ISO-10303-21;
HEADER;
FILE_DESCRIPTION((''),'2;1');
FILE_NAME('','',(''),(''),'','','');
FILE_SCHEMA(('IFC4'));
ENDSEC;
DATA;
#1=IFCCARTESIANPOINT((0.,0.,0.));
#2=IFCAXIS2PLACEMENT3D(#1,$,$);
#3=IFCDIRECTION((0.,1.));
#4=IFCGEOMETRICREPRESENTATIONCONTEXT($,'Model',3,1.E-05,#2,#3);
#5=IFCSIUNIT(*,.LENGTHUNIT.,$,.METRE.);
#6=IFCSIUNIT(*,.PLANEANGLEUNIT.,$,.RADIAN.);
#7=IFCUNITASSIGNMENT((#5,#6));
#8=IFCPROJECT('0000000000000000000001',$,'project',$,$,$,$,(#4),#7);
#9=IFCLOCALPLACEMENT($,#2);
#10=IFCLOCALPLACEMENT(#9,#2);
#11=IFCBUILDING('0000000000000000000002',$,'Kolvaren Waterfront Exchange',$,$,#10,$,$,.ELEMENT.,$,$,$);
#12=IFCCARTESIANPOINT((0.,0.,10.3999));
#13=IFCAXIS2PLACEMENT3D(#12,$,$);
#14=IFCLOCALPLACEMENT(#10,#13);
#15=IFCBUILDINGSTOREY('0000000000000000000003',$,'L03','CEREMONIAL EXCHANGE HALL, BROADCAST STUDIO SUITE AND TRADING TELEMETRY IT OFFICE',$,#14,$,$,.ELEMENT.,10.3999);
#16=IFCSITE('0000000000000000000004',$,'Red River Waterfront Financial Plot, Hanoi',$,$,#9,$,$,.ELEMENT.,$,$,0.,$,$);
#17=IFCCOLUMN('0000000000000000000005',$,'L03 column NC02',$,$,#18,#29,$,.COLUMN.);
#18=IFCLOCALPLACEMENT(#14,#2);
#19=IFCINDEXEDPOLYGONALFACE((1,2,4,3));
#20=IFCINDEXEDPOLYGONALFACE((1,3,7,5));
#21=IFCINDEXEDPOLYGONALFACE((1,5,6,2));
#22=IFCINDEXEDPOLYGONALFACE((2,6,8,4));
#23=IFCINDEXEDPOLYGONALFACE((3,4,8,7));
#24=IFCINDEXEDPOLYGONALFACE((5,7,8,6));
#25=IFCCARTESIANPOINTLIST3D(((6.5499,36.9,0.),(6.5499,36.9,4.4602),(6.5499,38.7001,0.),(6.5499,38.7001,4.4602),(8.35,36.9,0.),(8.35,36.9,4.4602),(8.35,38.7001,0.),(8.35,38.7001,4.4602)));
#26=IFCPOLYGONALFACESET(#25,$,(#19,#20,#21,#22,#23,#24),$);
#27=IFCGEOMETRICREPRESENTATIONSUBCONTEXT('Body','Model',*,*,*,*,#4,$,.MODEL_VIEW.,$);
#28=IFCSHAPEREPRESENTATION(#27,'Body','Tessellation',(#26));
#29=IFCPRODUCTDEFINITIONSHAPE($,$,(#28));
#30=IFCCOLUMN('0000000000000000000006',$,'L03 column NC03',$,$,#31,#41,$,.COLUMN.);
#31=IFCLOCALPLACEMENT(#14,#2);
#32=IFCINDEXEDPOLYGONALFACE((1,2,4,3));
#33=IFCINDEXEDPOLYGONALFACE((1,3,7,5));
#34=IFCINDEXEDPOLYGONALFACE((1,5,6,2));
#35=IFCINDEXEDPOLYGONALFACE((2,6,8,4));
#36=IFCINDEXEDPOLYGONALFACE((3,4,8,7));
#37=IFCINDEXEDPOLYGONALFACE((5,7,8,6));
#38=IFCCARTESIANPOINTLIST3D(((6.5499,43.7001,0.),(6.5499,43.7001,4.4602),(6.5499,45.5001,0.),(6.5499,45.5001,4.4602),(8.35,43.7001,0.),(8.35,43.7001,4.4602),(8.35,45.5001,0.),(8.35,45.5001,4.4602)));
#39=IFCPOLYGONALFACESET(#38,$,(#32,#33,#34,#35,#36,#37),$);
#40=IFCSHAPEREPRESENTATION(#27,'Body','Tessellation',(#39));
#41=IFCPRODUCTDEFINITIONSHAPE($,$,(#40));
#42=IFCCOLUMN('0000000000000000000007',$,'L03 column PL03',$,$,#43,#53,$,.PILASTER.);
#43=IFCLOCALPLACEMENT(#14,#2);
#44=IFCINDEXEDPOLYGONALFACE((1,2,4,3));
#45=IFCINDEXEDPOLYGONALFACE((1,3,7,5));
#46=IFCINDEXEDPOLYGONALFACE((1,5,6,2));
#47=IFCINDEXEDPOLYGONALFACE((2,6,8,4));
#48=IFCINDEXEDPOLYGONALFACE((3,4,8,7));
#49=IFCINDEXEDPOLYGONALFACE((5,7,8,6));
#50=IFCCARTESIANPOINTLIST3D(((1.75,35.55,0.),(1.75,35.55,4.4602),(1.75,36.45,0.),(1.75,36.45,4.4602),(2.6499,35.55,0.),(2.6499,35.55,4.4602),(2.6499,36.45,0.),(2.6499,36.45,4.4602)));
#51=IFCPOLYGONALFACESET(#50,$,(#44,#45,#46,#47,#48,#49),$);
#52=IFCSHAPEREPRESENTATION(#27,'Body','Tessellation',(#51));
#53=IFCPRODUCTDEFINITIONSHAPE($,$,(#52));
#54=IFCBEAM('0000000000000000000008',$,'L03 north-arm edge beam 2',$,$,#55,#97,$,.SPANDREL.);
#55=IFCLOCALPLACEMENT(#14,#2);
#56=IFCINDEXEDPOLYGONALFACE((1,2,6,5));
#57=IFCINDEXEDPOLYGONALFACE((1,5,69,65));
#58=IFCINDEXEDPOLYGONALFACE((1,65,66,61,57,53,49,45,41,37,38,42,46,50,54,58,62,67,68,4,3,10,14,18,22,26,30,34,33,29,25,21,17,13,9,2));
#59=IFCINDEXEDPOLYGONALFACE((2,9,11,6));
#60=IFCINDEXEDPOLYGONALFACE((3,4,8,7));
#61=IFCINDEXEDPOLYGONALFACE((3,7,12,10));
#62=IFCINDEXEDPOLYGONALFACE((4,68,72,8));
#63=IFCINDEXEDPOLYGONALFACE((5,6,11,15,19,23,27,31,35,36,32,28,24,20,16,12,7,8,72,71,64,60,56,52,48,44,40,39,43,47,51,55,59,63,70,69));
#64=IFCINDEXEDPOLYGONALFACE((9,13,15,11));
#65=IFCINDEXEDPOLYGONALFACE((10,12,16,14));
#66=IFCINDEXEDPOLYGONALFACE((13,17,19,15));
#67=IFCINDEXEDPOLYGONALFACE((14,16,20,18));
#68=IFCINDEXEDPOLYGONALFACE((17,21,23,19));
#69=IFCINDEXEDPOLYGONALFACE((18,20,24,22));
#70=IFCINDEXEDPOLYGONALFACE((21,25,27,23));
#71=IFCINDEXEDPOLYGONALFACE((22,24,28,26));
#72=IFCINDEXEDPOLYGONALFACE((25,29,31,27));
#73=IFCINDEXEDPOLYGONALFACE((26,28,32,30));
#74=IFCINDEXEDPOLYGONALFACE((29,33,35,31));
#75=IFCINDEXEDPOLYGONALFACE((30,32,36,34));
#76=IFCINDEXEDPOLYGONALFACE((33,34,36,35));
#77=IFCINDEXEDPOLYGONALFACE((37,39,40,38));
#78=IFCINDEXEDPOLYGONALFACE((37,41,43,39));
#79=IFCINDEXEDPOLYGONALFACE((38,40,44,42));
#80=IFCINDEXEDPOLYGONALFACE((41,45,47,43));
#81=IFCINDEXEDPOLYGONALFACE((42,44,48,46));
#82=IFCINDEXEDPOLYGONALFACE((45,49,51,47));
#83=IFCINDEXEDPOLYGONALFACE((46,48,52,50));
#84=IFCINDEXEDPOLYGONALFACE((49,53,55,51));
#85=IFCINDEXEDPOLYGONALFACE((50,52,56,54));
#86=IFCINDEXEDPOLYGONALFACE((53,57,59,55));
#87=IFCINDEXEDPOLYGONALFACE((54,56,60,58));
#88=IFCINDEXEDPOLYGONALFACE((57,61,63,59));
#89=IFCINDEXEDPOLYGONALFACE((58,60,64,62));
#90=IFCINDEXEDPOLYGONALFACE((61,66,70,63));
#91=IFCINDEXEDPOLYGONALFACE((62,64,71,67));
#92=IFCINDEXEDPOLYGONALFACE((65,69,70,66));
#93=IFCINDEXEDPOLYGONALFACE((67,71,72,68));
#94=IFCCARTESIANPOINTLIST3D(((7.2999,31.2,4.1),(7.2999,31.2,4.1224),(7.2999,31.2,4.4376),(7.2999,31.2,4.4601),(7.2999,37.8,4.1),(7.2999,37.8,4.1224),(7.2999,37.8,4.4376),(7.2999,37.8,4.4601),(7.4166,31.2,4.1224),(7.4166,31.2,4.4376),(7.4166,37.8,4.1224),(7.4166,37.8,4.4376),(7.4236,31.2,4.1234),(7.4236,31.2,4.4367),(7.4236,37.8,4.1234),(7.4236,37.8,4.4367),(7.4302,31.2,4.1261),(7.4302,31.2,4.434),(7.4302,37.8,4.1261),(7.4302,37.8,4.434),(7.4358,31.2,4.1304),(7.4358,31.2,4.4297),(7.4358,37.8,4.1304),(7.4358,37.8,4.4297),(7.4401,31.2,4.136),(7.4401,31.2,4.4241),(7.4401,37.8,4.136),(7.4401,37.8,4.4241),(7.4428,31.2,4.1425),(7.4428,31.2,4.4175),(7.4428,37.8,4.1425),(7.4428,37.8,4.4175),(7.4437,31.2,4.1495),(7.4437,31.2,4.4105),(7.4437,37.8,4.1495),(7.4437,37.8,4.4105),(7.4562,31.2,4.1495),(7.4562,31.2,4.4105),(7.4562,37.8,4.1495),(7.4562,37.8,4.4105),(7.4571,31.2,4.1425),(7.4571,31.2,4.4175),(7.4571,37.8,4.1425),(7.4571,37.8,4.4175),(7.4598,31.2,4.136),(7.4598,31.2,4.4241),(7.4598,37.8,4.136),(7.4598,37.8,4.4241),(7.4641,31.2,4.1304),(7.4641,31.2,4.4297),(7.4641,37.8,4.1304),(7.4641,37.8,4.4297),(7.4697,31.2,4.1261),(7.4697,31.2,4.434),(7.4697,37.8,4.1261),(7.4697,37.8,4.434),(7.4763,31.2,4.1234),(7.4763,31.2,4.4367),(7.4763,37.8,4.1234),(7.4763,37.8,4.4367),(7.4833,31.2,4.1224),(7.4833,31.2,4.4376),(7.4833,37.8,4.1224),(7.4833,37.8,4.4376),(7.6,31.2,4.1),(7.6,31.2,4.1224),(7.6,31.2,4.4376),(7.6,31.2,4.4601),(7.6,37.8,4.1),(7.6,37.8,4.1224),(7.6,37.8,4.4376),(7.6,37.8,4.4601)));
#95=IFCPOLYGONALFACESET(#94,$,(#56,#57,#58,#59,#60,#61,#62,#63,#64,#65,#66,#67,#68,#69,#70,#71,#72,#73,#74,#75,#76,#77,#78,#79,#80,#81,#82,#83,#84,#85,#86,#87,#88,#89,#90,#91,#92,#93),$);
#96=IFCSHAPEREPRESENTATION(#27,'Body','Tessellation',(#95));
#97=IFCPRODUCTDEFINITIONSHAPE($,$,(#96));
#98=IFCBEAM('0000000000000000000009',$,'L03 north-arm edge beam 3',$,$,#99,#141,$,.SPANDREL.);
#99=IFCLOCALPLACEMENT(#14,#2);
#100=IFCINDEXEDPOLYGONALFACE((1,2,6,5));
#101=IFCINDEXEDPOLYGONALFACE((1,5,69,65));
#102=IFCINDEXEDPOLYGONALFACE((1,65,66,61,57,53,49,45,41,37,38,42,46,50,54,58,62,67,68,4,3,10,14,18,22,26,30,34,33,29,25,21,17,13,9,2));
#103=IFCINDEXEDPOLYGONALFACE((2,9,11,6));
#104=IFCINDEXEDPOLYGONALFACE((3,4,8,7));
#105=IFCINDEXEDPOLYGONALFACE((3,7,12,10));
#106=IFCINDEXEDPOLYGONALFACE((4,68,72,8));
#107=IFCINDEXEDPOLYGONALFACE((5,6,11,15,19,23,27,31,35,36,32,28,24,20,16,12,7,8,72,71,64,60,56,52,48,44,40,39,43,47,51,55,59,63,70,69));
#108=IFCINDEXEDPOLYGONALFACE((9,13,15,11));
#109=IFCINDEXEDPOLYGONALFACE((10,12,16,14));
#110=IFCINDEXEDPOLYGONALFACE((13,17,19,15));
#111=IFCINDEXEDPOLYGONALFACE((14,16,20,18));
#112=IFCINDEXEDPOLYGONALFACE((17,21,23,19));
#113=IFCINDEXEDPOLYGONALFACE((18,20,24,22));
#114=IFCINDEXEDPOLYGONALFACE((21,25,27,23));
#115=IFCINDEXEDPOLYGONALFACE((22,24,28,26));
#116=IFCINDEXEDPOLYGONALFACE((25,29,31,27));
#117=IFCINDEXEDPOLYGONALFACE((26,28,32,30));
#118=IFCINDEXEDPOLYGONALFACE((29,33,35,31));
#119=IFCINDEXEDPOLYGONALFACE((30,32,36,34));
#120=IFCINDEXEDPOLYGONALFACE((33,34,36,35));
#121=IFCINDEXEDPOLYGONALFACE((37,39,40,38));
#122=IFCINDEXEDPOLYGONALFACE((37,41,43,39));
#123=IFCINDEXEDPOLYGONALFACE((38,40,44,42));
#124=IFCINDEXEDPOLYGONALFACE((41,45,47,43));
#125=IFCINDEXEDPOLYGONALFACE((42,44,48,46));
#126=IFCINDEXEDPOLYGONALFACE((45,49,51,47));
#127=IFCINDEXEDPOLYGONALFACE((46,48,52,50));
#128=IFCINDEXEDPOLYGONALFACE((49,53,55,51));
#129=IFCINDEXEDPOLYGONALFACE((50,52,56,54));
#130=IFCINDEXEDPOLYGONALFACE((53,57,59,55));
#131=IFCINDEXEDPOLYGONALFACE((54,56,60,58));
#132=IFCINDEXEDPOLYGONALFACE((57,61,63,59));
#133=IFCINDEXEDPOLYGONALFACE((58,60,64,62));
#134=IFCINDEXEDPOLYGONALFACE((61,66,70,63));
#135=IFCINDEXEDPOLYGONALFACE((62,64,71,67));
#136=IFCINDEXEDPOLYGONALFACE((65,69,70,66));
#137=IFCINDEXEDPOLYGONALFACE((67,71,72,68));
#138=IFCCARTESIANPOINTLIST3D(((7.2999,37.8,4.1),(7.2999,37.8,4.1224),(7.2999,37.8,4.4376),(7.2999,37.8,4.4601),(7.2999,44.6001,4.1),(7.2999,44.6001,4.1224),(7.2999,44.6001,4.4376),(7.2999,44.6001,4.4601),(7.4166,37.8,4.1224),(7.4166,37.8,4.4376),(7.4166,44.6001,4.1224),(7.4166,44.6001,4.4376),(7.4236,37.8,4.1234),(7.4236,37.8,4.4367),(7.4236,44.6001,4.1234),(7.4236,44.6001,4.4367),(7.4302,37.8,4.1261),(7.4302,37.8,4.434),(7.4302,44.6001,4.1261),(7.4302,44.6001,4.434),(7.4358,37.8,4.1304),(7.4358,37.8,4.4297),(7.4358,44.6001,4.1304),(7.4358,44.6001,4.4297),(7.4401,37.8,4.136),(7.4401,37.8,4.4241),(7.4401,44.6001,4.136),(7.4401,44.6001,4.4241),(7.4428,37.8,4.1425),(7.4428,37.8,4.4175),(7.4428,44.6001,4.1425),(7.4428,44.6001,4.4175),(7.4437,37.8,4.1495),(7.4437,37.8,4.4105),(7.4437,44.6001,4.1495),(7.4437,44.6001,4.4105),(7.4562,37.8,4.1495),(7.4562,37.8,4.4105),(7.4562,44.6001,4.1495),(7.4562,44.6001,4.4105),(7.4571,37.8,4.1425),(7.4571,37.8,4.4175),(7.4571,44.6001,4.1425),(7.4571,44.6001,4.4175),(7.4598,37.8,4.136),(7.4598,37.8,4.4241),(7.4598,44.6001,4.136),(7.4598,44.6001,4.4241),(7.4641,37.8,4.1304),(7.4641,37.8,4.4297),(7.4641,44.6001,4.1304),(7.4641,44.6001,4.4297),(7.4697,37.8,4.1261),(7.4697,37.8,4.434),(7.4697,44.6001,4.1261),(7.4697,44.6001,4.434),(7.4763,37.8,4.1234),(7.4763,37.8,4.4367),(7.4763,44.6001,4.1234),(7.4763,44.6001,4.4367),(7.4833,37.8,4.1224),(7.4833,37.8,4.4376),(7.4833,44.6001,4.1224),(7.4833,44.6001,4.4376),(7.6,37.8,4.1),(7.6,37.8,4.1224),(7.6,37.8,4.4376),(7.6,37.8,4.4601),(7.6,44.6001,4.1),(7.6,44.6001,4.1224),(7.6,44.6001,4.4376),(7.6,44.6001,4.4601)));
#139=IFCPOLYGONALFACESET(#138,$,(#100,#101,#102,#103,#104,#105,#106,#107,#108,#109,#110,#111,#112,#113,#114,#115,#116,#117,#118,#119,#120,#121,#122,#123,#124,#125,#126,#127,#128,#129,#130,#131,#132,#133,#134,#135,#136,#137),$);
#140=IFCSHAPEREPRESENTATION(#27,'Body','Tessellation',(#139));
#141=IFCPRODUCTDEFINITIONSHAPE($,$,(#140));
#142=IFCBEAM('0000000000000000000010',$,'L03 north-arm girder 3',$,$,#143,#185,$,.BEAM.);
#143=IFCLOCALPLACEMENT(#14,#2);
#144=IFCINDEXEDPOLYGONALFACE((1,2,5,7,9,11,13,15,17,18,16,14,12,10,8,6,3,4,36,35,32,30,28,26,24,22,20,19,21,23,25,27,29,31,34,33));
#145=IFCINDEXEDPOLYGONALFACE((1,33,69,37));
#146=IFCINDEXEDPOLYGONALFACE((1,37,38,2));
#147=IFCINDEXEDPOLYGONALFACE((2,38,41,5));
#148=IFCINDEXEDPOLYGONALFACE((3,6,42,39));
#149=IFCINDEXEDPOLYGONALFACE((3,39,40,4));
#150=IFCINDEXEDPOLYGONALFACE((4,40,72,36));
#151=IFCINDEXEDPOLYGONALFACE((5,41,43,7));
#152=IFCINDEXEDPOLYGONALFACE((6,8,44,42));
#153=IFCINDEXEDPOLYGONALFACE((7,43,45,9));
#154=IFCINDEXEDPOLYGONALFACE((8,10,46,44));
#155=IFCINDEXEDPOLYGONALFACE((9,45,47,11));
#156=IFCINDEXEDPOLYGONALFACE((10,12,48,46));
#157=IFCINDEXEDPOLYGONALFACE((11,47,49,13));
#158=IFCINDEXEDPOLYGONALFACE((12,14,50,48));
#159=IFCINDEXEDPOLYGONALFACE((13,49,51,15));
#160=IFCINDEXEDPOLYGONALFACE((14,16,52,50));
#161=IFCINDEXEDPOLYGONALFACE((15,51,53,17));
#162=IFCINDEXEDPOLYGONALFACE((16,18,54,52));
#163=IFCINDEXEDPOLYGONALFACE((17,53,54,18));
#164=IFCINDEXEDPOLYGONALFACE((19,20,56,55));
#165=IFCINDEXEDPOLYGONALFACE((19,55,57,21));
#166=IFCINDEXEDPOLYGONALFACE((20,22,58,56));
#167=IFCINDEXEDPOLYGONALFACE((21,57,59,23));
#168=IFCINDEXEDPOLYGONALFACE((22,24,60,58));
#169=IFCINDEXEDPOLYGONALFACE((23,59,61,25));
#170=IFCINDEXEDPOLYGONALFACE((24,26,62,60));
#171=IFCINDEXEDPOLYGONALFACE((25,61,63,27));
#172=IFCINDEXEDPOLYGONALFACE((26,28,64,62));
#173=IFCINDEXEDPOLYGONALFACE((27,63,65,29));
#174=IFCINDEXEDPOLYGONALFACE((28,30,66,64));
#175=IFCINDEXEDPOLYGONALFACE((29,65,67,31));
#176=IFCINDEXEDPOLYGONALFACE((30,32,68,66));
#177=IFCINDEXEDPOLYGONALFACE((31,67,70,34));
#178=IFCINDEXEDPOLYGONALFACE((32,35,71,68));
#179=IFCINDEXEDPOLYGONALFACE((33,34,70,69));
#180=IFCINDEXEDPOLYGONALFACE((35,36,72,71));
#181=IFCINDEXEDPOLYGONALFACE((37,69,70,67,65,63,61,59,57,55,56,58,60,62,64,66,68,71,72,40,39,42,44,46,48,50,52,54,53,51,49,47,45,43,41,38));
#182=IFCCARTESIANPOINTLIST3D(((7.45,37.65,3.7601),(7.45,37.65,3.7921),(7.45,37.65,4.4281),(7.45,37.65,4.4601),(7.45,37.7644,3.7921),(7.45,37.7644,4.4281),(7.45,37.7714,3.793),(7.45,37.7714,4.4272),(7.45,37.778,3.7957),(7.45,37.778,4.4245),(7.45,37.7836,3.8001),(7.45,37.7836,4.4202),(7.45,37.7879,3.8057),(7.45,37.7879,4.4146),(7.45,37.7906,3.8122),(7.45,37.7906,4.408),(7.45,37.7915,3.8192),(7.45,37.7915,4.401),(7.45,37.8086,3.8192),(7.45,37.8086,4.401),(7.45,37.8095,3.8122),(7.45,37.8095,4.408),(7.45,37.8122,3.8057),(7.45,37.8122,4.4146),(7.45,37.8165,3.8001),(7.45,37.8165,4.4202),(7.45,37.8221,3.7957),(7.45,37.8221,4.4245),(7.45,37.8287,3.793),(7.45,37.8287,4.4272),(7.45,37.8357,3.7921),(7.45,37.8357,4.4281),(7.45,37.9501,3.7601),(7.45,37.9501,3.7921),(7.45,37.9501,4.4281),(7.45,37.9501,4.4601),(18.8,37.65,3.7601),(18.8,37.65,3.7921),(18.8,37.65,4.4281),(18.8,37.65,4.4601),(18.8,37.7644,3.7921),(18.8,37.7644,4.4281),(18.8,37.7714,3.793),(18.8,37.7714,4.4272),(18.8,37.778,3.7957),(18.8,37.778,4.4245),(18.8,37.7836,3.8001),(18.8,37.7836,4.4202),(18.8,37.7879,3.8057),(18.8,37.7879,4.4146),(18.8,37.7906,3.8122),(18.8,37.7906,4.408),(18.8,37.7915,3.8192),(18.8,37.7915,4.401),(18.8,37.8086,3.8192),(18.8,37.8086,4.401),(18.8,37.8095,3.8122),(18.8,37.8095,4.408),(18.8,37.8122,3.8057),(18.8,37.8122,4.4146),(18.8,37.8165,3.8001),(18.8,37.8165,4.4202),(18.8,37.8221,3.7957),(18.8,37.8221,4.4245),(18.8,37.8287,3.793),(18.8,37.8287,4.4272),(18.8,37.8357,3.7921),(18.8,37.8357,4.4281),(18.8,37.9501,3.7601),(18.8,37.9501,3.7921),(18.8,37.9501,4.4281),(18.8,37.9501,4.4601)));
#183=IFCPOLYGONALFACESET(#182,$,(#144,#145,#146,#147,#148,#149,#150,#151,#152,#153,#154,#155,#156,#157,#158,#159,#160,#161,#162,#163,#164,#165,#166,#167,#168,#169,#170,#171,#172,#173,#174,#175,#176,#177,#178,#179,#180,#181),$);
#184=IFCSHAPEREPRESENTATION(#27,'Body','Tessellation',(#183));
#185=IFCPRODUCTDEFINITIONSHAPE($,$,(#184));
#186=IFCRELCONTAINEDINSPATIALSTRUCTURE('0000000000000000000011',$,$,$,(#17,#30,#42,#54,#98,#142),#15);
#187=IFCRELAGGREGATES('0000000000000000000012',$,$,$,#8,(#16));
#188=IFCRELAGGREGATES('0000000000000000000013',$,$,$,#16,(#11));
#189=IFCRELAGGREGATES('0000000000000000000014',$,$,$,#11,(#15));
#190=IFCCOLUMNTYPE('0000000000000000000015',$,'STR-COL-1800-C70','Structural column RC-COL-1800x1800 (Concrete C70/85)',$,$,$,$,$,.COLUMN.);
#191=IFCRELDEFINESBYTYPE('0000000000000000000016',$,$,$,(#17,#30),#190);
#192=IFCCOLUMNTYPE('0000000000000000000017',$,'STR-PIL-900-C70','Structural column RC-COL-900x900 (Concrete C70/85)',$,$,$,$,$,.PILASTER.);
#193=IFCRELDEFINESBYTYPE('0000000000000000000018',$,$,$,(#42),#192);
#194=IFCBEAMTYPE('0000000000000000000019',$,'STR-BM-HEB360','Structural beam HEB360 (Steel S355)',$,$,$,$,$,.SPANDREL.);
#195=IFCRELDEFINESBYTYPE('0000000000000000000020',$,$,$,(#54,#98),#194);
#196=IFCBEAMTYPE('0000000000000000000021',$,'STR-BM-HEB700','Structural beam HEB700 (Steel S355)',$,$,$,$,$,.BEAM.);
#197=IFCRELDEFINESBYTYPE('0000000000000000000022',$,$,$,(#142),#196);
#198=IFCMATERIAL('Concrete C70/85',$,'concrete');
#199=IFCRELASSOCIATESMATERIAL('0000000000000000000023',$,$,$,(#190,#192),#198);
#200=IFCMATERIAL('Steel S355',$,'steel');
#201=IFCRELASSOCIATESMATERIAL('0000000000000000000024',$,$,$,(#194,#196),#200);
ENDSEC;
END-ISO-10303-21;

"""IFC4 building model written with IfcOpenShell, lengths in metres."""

from ifc_helpers import new_model, si_unit, direction, frame, origin, origin_2d, place, context, subcontext, project, spatial, rectangle, i_section, extrude, material, material_profile, profile_set, type_object, element, save


model = new_model("IFC4")

# Units and contexts
model_context = context("Model", 3, precision=1e-05, world=origin(), true_north=direction((0.0, 1.0)))
body_context = subcontext(model_context, "Body", "Model", "MODEL_VIEW")
ifc_project = project(units=[si_unit("LENGTHUNIT", "METRE"), si_unit("PLANEANGLEUNIT", "RADIAN")], contexts=[model_context])

# Site, building, storey
site_placement = place(None, origin())
site = spatial("IfcSite", under=ifc_project, at=site_placement, Name="Red River Waterfront Financial Plot, Hanoi", CompositionType="ELEMENT", RefElevation=0.0)
building_placement = place(site_placement, origin())
building = spatial("IfcBuilding", under=site, at=building_placement, Name="Kolvaren Waterfront Exchange", CompositionType="ELEMENT")
storey_placement = place(building_placement, frame((0.0, 0.0, 10.3999)))
storey = spatial("IfcBuildingStorey", under=building, at=storey_placement, Name="L03", Description="CEREMONIAL EXCHANGE HALL, BROADCAST STUDIO SUITE AND TRADING TELEMETRY IT OFFICE", CompositionType="ELEMENT", Elevation=10.3999)

# Columns
ifc_material_1 = material(Name="Concrete C70/85", Category="concrete")
ifc_material_profile_1 = material_profile(ifc_material_1, rectangle(XDim=1.8, YDim=1.8, at=origin_2d()), Name="RC-COL-1800x1800")
ifc_profile_set_1 = profile_set([ifc_material_profile_1], Name="Concrete C70/85")
column_type_1 = type_object("IfcColumnType", Name="STR-COL-1800-C70", Description="Structural column RC-COL-1800x1800 (Concrete C70/85)", PredefinedType="COLUMN", material=ifc_profile_set_1)
for number, where, z_axis, x_axis, name in (
    (1, (7.45, 37.8, 0.0), (0.0, 0.0, 1.0), (1.0, 0.0, 0.0), "L03 column NC02"),
    (2, (7.45, 44.6001, 0.0), (0.0, 0.0, 1.0), (1.0, 0.0, 0.0), "L03 column NC03"),
):
    element("IfcColumn", number, at=place(storey_placement, frame(where, z_axis=z_axis, x_axis=x_axis)), inside=storey, type_object=column_type_1, Name=name, PredefinedType="COLUMN", context=body_context, shape_type="SweptSolid", body=[
        extrude(rectangle(XDim=1.8, YDim=1.8, at=origin_2d()), origin(), (0.0, 0.0, 1.0), 4.4602),
    ])
ifc_material_profile_2 = material_profile(ifc_material_1, rectangle(XDim=0.8999, YDim=0.8999, at=origin_2d()), Name="RC-COL-900x900")
ifc_profile_set_2 = profile_set([ifc_material_profile_2], Name="Concrete C70/85")
column_type_2 = type_object("IfcColumnType", Name="STR-PIL-900-C70", Description="Structural column RC-COL-900x900 (Concrete C70/85)", PredefinedType="PILASTER", material=ifc_profile_set_2)
column_placement = place(storey_placement, frame((2.2, 36.0, 0.0), z_axis=(0.0, 0.0, 1.0), x_axis=(1.0, 0.0, 0.0)))
element("IfcColumn", 3, at=column_placement, inside=storey, type_object=column_type_2, Name="L03 column PL03", PredefinedType="PILASTER", context=body_context, shape_type="SweptSolid", body=[
    extrude(rectangle(XDim=0.8999, YDim=0.8999, at=origin_2d()), origin(), (0.0, 0.0, 1.0), 4.4602),
])

# Beams
ifc_material_2 = material(Name="Steel S355", Category="steel")
ifc_material_profile_3 = material_profile(ifc_material_2, i_section(OverallWidth=0.3, OverallDepth=0.3601, WebThickness=0.0125, FlangeThickness=0.0225, FilletRadius=0.0271, at=origin_2d()), Name="HEB360")
ifc_profile_set_3 = profile_set([ifc_material_profile_3], Name="Steel S355")
beam_type_1 = type_object("IfcBeamType", Name="STR-BM-HEB360", Description="Structural beam HEB360 (Steel S355)", PredefinedType="SPANDREL", material=ifc_profile_set_3)
beam_1_placement = place(storey_placement, frame((7.45, 31.2, 4.28), z_axis=(0.0, 1.0, 0.0), x_axis=(-1.0, 0.0, 0.0)))
element("IfcBeam", 4, at=beam_1_placement, inside=storey, type_object=beam_type_1, Name="L03 north-arm edge beam 2", PredefinedType="SPANDREL", context=body_context, shape_type="SweptSolid", body=[
    extrude(i_section(OverallWidth=0.3, OverallDepth=0.3601, WebThickness=0.0125, FlangeThickness=0.0225, FilletRadius=0.0271, at=origin_2d()), origin(), (0.0, 0.0, 1.0), 6.6001),
])
beam_2_placement = place(storey_placement, frame((7.45, 37.8, 4.28), z_axis=(0.0, 1.0, 0.0), x_axis=(-1.0, 0.0, 0.0)))
element("IfcBeam", 5, at=beam_2_placement, inside=storey, type_object=beam_type_1, Name="L03 north-arm edge beam 3", PredefinedType="SPANDREL", context=body_context, shape_type="SweptSolid", body=[
    extrude(i_section(OverallWidth=0.3, OverallDepth=0.3601, WebThickness=0.0125, FlangeThickness=0.0225, FilletRadius=0.0271, at=origin_2d()), origin(), (0.0, 0.0, 1.0), 6.8),
])
ifc_material_profile_4 = material_profile(ifc_material_2, i_section(OverallWidth=0.3, OverallDepth=0.7, WebThickness=0.0171, FlangeThickness=0.032, FilletRadius=0.0271, at=origin_2d()), Name="HEB700")
ifc_profile_set_4 = profile_set([ifc_material_profile_4], Name="Steel S355")
beam_type_2 = type_object("IfcBeamType", Name="STR-BM-HEB700", Description="Structural beam HEB700 (Steel S355)", PredefinedType="BEAM", material=ifc_profile_set_4)
for number, where, z_axis, x_axis, name in (
    (6, (7.45, 37.8, 4.1101), (1.0, 0.0, 0.0), (0.0, 1.0, 0.0), "L03 north-arm girder 3"),
):
    element("IfcBeam", number, at=place(storey_placement, frame(where, z_axis=z_axis, x_axis=x_axis)), inside=storey, type_object=beam_type_2, Name=name, PredefinedType="BEAM", context=body_context, shape_type="SweptSolid", body=[
        extrude(i_section(OverallWidth=0.3, OverallDepth=0.7, WebThickness=0.0171, FlangeThickness=0.032, FilletRadius=0.0271, at=origin_2d()), origin(), (0.0, 0.0, 1.0), 11.3501),
    ])

save(model, "model.ifc")
